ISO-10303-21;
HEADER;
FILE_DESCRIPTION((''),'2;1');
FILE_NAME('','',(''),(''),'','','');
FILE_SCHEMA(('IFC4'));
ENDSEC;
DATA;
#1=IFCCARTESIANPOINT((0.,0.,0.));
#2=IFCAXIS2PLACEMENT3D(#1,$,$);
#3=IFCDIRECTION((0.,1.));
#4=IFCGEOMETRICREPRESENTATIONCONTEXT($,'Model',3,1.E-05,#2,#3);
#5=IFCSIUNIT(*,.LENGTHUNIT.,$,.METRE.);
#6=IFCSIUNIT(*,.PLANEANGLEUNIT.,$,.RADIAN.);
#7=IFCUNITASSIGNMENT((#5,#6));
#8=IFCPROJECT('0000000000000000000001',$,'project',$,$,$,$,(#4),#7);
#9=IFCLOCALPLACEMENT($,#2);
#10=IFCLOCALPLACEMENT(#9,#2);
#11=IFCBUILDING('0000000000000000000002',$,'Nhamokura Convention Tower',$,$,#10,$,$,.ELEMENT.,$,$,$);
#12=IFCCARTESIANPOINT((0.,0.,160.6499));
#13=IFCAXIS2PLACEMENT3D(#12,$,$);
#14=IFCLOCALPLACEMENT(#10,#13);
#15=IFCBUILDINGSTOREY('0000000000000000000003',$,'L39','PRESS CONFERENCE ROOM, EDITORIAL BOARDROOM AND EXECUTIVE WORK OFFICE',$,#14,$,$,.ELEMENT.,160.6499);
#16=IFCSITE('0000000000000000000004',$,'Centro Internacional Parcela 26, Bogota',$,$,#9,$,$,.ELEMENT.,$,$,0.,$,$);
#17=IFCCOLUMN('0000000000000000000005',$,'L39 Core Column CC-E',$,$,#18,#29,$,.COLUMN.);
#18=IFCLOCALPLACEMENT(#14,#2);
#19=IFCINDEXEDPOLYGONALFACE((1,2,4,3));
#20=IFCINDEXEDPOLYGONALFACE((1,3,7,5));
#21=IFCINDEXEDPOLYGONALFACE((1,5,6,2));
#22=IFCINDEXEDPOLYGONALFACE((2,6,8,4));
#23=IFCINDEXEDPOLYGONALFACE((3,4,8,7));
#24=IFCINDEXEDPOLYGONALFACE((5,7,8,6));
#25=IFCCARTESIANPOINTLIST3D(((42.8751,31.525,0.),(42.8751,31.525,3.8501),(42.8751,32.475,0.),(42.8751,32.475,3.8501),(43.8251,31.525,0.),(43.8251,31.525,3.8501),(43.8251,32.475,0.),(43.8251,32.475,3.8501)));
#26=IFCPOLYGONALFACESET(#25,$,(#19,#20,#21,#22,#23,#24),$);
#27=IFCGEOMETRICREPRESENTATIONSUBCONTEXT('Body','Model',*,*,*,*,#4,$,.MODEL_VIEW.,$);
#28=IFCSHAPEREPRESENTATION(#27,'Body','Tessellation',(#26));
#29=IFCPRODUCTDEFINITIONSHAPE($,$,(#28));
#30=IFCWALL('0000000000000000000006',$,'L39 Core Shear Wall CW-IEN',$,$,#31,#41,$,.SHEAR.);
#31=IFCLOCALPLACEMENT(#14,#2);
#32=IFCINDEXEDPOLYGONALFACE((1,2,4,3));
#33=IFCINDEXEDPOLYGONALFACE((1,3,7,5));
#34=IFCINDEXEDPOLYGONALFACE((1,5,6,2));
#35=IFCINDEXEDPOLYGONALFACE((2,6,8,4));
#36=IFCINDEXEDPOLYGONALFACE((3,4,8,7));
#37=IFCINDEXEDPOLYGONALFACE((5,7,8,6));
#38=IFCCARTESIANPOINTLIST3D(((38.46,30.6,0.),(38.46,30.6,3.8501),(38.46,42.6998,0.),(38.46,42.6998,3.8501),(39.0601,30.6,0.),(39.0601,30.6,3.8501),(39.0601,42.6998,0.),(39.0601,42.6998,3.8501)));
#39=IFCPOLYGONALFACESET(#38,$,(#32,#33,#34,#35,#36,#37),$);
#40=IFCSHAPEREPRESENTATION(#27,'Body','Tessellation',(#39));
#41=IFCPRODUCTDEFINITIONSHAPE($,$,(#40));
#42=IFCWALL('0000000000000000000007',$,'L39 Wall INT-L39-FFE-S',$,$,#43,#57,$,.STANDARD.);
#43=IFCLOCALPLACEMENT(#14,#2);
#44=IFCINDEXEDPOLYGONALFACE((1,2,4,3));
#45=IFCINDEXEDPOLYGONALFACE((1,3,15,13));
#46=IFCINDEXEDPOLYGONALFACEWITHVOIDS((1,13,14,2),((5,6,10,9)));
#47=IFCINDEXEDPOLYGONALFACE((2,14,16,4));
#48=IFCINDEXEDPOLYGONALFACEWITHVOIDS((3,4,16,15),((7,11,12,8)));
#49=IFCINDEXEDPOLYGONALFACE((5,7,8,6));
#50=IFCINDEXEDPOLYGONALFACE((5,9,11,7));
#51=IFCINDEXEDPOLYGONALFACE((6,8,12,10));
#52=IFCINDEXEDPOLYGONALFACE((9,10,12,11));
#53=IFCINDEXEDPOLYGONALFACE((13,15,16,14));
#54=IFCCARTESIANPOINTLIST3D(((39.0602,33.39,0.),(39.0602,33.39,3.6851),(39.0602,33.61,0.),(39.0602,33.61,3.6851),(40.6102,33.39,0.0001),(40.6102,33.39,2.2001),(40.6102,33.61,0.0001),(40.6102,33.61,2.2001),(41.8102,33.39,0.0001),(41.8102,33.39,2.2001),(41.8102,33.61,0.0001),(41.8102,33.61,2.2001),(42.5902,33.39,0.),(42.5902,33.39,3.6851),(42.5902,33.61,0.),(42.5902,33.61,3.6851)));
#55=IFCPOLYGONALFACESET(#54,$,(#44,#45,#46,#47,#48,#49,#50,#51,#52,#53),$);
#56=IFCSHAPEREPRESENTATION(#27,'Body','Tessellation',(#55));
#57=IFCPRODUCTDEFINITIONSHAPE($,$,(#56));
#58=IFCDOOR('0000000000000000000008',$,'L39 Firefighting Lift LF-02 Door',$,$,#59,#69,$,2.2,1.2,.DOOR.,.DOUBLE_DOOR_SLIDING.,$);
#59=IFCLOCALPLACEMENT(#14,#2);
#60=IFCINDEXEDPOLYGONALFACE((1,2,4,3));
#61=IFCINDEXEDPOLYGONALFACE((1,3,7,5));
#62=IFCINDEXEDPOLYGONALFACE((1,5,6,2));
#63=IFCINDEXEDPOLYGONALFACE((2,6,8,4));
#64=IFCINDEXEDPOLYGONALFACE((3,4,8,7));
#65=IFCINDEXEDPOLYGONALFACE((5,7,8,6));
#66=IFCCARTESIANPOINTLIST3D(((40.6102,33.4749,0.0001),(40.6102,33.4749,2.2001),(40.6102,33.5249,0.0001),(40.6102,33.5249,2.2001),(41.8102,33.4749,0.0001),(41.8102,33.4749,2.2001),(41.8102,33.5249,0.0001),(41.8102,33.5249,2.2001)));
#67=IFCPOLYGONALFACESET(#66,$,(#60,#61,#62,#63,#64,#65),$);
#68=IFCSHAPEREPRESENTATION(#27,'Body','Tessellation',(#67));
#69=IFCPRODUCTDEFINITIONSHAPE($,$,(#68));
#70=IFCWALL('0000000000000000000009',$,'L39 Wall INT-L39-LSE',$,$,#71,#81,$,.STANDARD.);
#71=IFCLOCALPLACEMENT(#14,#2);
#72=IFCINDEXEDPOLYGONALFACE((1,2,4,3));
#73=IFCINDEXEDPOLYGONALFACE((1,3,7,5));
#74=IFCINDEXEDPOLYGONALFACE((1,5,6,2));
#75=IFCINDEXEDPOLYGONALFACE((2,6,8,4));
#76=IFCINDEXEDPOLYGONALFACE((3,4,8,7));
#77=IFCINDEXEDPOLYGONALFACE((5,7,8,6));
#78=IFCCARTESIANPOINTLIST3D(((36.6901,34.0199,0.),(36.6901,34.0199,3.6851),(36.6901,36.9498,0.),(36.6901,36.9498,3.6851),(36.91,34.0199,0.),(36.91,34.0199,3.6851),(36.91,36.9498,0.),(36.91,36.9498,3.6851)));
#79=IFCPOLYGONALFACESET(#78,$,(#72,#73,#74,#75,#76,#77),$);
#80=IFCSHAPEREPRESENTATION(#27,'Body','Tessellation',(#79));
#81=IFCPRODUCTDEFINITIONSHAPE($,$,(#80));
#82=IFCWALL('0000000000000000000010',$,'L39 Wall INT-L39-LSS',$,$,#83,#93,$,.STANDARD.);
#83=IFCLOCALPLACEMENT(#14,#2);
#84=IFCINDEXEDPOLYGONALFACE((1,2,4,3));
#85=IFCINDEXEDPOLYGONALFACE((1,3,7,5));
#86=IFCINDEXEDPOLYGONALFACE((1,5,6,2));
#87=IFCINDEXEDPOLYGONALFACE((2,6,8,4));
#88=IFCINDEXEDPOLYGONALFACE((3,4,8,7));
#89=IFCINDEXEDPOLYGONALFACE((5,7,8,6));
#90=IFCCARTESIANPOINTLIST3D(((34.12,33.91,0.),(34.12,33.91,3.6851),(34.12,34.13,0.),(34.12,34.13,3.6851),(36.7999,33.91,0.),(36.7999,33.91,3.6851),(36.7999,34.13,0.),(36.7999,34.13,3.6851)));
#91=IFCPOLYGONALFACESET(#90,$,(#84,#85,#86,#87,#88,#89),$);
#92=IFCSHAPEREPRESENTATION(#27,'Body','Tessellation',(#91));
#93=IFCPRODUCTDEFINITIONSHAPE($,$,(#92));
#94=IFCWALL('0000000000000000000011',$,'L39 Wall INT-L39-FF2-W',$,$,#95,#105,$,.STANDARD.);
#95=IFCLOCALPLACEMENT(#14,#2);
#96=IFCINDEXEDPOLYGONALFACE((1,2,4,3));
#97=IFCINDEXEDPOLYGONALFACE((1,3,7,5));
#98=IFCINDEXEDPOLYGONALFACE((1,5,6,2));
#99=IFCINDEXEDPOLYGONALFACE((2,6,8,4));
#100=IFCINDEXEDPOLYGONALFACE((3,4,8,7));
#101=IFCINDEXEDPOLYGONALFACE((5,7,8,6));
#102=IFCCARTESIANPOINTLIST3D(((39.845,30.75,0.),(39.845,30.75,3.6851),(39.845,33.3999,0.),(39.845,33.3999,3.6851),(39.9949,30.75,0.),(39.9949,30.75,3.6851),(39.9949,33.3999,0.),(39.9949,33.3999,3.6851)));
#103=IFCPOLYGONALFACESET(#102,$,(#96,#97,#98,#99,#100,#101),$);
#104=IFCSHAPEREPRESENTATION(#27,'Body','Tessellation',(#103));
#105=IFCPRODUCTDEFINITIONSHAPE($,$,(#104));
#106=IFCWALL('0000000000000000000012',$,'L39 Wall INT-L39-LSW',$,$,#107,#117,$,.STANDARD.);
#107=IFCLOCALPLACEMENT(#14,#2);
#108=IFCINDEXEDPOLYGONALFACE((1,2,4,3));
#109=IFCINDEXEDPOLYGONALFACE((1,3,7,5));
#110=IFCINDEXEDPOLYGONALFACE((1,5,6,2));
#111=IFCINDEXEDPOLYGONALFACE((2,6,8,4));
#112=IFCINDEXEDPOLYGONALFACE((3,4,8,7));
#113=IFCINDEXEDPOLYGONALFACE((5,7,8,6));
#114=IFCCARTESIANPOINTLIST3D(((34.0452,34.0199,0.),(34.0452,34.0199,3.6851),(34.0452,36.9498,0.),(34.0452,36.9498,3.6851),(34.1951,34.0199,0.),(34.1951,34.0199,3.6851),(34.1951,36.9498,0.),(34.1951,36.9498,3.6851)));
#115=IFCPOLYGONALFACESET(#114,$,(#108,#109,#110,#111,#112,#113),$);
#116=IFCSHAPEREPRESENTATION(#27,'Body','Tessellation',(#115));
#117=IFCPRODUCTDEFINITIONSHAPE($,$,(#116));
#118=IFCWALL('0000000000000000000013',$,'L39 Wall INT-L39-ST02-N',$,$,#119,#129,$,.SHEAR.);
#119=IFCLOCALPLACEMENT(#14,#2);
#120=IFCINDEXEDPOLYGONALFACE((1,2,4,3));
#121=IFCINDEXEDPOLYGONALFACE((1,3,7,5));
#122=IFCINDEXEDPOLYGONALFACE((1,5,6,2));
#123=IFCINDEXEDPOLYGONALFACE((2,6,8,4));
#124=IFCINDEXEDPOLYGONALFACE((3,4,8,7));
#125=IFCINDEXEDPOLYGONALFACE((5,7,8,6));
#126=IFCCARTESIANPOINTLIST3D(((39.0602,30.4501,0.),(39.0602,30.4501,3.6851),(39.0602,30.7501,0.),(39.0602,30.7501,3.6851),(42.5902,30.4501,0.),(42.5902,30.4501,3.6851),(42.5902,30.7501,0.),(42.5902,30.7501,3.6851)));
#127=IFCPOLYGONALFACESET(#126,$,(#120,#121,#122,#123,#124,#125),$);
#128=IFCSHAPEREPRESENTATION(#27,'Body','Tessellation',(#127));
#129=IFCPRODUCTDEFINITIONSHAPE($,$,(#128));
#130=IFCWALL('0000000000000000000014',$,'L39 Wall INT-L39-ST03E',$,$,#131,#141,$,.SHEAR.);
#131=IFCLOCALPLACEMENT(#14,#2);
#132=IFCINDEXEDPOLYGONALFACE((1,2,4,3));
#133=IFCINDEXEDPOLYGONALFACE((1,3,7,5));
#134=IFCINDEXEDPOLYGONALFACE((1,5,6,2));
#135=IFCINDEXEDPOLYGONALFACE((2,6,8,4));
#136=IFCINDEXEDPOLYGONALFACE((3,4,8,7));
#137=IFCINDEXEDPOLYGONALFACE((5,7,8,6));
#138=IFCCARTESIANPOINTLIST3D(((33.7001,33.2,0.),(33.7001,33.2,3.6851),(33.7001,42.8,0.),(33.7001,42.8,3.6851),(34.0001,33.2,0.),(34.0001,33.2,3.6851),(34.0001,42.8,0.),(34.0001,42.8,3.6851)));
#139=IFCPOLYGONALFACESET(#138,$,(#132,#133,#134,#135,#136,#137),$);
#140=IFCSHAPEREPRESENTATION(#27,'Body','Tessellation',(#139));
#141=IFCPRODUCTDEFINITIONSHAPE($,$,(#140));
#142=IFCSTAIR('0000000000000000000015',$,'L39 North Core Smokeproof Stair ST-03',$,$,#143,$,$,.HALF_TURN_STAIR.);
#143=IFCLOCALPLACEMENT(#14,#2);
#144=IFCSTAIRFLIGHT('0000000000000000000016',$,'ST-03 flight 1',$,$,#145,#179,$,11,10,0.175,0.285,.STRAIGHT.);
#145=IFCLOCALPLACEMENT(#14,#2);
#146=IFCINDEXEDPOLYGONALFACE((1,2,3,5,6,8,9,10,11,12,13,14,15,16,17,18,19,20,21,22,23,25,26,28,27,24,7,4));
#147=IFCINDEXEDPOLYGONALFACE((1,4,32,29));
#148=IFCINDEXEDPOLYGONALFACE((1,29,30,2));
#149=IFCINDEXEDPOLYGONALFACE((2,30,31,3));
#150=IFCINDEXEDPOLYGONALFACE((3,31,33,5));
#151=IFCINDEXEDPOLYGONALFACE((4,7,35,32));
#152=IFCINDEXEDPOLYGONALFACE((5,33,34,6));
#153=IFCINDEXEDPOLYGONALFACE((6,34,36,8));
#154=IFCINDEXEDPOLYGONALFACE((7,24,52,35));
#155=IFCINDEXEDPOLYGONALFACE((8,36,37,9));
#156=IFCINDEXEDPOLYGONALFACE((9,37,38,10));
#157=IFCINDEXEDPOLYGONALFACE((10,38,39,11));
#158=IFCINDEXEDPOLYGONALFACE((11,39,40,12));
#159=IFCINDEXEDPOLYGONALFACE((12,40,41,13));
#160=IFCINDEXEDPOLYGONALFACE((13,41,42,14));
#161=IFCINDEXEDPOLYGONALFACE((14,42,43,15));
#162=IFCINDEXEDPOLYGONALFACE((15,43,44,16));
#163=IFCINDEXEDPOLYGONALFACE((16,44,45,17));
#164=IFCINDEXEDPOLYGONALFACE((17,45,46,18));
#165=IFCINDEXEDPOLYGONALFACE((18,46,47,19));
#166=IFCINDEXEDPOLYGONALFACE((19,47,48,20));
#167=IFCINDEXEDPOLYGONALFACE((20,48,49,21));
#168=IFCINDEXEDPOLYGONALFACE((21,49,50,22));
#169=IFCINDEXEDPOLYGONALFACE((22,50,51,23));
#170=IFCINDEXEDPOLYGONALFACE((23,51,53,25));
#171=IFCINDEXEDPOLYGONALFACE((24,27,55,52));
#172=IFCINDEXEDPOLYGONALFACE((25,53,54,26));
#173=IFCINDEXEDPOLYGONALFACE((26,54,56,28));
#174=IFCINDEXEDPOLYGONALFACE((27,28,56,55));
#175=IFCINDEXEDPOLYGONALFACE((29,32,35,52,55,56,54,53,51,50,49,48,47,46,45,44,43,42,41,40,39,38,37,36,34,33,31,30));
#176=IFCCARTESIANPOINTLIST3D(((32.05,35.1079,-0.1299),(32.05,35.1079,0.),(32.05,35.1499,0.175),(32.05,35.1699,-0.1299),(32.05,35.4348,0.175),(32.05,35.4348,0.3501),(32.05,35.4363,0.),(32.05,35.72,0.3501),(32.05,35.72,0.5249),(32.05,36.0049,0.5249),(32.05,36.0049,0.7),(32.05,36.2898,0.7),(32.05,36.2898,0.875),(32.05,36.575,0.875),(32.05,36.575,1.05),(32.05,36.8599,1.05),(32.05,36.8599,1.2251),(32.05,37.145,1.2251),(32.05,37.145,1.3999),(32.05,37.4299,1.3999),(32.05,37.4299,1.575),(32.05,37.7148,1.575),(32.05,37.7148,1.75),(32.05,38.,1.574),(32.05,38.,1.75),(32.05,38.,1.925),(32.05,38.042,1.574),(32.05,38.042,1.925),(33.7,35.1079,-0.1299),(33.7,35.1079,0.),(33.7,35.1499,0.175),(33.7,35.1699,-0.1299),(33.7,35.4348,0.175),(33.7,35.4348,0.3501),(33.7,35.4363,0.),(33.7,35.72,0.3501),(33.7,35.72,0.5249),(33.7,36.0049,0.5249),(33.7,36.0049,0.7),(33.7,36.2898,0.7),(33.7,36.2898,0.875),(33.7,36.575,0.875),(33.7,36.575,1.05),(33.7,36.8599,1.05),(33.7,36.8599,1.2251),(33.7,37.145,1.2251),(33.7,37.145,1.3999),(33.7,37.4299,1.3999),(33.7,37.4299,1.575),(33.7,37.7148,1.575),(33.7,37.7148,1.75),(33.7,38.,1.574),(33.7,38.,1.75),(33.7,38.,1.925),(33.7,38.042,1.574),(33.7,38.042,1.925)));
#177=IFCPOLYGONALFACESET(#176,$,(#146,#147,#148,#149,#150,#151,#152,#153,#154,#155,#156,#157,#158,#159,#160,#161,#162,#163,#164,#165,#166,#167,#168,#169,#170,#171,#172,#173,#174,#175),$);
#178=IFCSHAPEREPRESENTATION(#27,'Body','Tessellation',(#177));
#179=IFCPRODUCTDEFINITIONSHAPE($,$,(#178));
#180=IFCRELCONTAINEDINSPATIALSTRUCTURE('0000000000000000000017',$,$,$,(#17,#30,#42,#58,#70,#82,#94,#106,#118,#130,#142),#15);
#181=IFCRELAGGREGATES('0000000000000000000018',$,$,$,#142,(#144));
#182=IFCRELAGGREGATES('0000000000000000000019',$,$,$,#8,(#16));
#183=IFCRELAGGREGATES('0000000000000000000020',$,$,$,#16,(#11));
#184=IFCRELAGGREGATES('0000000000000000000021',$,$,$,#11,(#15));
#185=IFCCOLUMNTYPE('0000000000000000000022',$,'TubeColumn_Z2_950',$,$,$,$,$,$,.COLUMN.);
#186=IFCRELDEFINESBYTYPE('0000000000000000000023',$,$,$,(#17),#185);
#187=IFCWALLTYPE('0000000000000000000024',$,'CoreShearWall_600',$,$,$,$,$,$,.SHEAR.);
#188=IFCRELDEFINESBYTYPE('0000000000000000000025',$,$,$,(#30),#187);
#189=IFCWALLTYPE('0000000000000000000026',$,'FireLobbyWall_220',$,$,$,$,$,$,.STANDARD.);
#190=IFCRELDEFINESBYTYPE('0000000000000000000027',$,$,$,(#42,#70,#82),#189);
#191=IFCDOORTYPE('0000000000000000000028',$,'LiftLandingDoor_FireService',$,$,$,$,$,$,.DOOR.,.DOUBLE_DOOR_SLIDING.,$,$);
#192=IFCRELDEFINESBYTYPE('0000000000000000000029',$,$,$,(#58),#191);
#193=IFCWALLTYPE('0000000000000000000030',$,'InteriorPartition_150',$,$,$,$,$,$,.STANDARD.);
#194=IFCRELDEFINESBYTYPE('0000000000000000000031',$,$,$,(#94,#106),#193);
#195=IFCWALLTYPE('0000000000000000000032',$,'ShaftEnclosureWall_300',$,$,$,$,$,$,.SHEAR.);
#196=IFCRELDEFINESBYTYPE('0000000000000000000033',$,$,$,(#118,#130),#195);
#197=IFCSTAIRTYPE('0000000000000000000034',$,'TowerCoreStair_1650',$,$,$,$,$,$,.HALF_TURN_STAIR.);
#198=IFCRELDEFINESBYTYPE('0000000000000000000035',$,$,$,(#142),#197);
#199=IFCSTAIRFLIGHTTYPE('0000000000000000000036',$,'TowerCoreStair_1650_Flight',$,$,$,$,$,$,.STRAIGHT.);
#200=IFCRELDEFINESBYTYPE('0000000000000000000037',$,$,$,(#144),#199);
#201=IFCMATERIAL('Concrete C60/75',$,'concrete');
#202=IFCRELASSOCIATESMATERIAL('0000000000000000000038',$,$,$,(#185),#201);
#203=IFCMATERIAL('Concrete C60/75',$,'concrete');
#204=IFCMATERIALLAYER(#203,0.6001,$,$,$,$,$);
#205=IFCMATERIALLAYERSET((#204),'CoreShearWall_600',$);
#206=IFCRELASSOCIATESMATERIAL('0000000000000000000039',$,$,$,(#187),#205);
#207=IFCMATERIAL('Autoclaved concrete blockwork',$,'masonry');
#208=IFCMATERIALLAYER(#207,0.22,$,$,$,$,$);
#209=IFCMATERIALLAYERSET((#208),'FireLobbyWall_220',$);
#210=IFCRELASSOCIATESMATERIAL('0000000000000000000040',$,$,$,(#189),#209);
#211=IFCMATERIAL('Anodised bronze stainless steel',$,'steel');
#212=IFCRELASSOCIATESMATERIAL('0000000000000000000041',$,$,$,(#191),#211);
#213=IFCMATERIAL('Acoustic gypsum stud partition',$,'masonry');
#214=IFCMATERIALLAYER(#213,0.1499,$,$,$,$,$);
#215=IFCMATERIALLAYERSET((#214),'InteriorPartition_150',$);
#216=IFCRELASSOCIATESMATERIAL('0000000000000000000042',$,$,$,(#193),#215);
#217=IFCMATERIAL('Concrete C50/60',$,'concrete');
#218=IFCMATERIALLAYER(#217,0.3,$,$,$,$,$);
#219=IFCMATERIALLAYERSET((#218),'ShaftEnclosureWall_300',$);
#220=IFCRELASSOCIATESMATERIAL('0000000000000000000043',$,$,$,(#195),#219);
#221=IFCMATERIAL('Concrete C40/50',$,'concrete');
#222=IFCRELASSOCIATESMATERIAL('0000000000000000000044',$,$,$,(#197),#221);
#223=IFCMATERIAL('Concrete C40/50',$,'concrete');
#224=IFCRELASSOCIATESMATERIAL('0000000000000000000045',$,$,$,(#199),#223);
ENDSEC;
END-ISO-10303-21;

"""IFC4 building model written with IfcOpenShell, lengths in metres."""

from ifc_helpers import new_model, si_unit, direction, frame, frame_2d, origin, origin_2d, place, context, subcontext, project, spatial, polyline, rectangle, outline, extrude, material, layer, layer_set, material_profile, profile_set, type_object, element, fill, aggregate, save


model = new_model("IFC4")

# Units and contexts
model_context = context("Model", 3, precision=1e-05, world=origin(), true_north=direction((0.0, 1.0)))
body_context = subcontext(model_context, "Body", "Model", "MODEL_VIEW")
ifc_project = project(units=[si_unit("LENGTHUNIT", "METRE"), si_unit("PLANEANGLEUNIT", "RADIAN")], contexts=[model_context])

# Site, building, storey
site_placement = place(None, origin())
site = spatial("IfcSite", under=ifc_project, at=site_placement, Name="Centro Internacional Parcela 26, Bogota", CompositionType="ELEMENT", RefElevation=0.0)
building_placement = place(site_placement, origin())
building = spatial("IfcBuilding", under=site, at=building_placement, Name="Nhamokura Convention Tower", CompositionType="ELEMENT")
storey_placement = place(building_placement, frame((0.0, 0.0, 160.6499)))
storey = spatial("IfcBuildingStorey", under=building, at=storey_placement, Name="L39", Description="PRESS CONFERENCE ROOM, EDITORIAL BOARDROOM AND EXECUTIVE WORK OFFICE", CompositionType="ELEMENT", Elevation=160.6499)

# Column
ifc_material_1 = material(Name="Concrete C60/75", Category="concrete")
ifc_material_profile = material_profile(ifc_material_1, rectangle(XDim=0.95, YDim=0.95, at=origin_2d()))
ifc_profile_set = profile_set([ifc_material_profile], Name="Concrete C60/75")
column_type = type_object("IfcColumnType", Name="TubeColumn_Z2_950", PredefinedType="COLUMN", material=ifc_profile_set)
column_placement = place(storey_placement, frame((43.3501, 32.0, 0.0), z_axis=(0.0, 0.0, 1.0), x_axis=(1.0, 0.0, 0.0)))
element("IfcColumn", 1, at=column_placement, inside=storey, type_object=column_type, Name="L39 Core Column CC-E", PredefinedType="COLUMN", context=body_context, shape_type="SweptSolid", body=[
    extrude(rectangle(XDim=0.95, YDim=0.95, at=origin_2d()), origin(), (0.0, 0.0, 1.0), 3.8501),
])

# Shared definitions
ifc_material_2 = material(Name="Concrete C60/75", Category="concrete")
ifc_layer_1 = layer(ifc_material_2, 0.6001)
ifc_layer_set_1 = layer_set([ifc_layer_1], Name="CoreShearWall_600")
wall_type_1 = type_object("IfcWallType", Name="CoreShearWall_600", PredefinedType="SHEAR", material=ifc_layer_set_1)

# Wall
wall_1_placement = place(storey_placement, frame((38.76, 30.6001, 0.0), z_axis=(0.0, 0.0, 1.0), x_axis=(0.0, 1.0, 0.0)))
element("IfcWall", 2, at=wall_1_placement, inside=storey, type_object=wall_type_1, Name="L39 Core Shear Wall CW-IEN", PredefinedType="SHEAR", context=body_context, shape_type="SweptSolid", body=[
    extrude(rectangle(XDim=12.0999, YDim=0.6001, at=frame_2d((6.0498, 0.0))), origin(), (0.0, 0.0, 1.0), 3.8501),
])

# Wall, opening, door
ifc_material_3 = material(Name="Autoclaved concrete blockwork", Category="masonry")
ifc_layer_2 = layer(ifc_material_3, 0.22)
ifc_layer_set_2 = layer_set([ifc_layer_2], Name="FireLobbyWall_220")
wall_type_2 = type_object("IfcWallType", Name="FireLobbyWall_220", PredefinedType="STANDARD", material=ifc_layer_set_2)
wall_2_placement = place(storey_placement, frame((39.0601, 33.5, 0.0), z_axis=(0.0, 0.0, 1.0), x_axis=(1.0, 0.0, 0.0)))
wall_2 = element("IfcWall", 3, at=wall_2_placement, inside=storey, type_object=wall_type_2, Name="L39 Wall INT-L39-FFE-S", PredefinedType="STANDARD", context=body_context, shape_type="SweptSolid", body=[
    extrude(rectangle(XDim=3.53, YDim=0.22, at=frame_2d((1.7651, 0.0))), origin(), (0.0, 0.0, 1.0), 3.6851),
])
opening_1_placement = place(wall_2_placement, frame((1.55, 0.0, 0.0)))
opening_1 = element("IfcOpeningElement", 4, at=opening_1_placement, cuts=wall_2, PredefinedType="OPENING", context=body_context, shape_type="SweptSolid", body=[
    extrude(rectangle(XDim=1.2, YDim=2.2, at=frame_2d((0.6001, 1.1001))), frame((0.0, 0.1199, 0.0), z_axis=(0.0, -1.0, 0.0), x_axis=(1.0, 0.0, 0.0)), (0.0, 0.0, 1.0), 0.24),
])
ifc_material_4 = material(Name="Anodised bronze stainless steel", Category="steel")
door_type_1 = type_object("IfcDoorType", Name="LiftLandingDoor_FireService", OperationType="DOUBLE_DOOR_SLIDING", PredefinedType="DOOR", material=ifc_material_4)
door_1_placement = place(opening_1_placement, origin())
door_1 = element("IfcDoor", 5, at=door_1_placement, inside=storey, type_object=door_type_1, Name="L39 Firefighting Lift LF-02 Door", OperationType="DOUBLE_DOOR_SLIDING", OverallHeight=2.2, OverallWidth=1.2, PredefinedType="DOOR", context=body_context, shape_type="SweptSolid", body=[
    extrude(rectangle(XDim=1.2, YDim=2.2, at=frame_2d((0.6001, 1.1001))), frame((0.0, 0.0249, 0.0), z_axis=(0.0, -1.0, 0.0), x_axis=(1.0, 0.0, 0.0)), (0.0, 0.0, 1.0), 0.05),
])
fill(opening_1, door_1)

# Walls
wall_3_placement = place(storey_placement, frame((36.8, 34.02, 0.0), z_axis=(0.0, 0.0, 1.0), x_axis=(0.0, 1.0, 0.0)))
element("IfcWall", 6, at=wall_3_placement, inside=storey, type_object=wall_type_2, Name="L39 Wall INT-L39-LSE", PredefinedType="STANDARD", context=body_context, shape_type="SweptSolid", body=[
    extrude(rectangle(XDim=2.9299, YDim=0.22, at=frame_2d((1.4648, 0.0))), origin(), (0.0, 0.0, 1.0), 3.6851),
])
wall_4_placement = place(storey_placement, frame((34.1201, 34.02, 0.0), z_axis=(0.0, 0.0, 1.0), x_axis=(1.0, 0.0, 0.0)))
element("IfcWall", 7, at=wall_4_placement, inside=storey, type_object=wall_type_2, Name="L39 Wall INT-L39-LSS", PredefinedType="STANDARD", context=body_context, shape_type="SweptSolid", body=[
    extrude(rectangle(XDim=2.6799, YDim=0.22, at=frame_2d((1.3398, 0.0))), origin(), (0.0, 0.0, 1.0), 3.6851),
])
ifc_material_5 = material(Name="Acoustic gypsum stud partition", Category="masonry")
ifc_layer_3 = layer(ifc_material_5, 0.1499)
ifc_layer_set_3 = layer_set([ifc_layer_3], Name="InteriorPartition_150")
wall_type_3 = type_object("IfcWallType", Name="InteriorPartition_150", PredefinedType="STANDARD", material=ifc_layer_set_3)
wall_5_placement = place(storey_placement, frame((39.9199, 30.75, 0.0), z_axis=(0.0, 0.0, 1.0), x_axis=(0.0, 1.0, 0.0)))
element("IfcWall", 8, at=wall_5_placement, inside=storey, type_object=wall_type_3, Name="L39 Wall INT-L39-FF2-W", PredefinedType="STANDARD", context=body_context, shape_type="SweptSolid", body=[
    extrude(rectangle(XDim=2.6499, YDim=0.1499, at=frame_2d((1.325, 0.0))), origin(), (0.0, 0.0, 1.0), 3.6851),
])
wall_6_placement = place(storey_placement, frame((34.1201, 34.02, 0.0), z_axis=(0.0, 0.0, 1.0), x_axis=(0.0, 1.0, 0.0)))
element("IfcWall", 9, at=wall_6_placement, inside=storey, type_object=wall_type_3, Name="L39 Wall INT-L39-LSW", PredefinedType="STANDARD", context=body_context, shape_type="SweptSolid", body=[
    extrude(rectangle(XDim=2.9299, YDim=0.1499, at=frame_2d((1.4648, 0.0))), origin(), (0.0, 0.0, 1.0), 3.6851),
])
ifc_material_6 = material(Name="Concrete C50/60", Category="concrete")
ifc_layer_4 = layer(ifc_material_6, 0.3)
ifc_layer_set_4 = layer_set([ifc_layer_4], Name="ShaftEnclosureWall_300")
wall_type_4 = type_object("IfcWallType", Name="ShaftEnclosureWall_300", PredefinedType="SHEAR", material=ifc_layer_set_4)
wall_7_placement = place(storey_placement, frame((39.0601, 30.6001, 0.0), z_axis=(0.0, 0.0, 1.0), x_axis=(1.0, 0.0, 0.0)))
element("IfcWall", 10, at=wall_7_placement, inside=storey, type_object=wall_type_4, Name="L39 Wall INT-L39-ST02-N", PredefinedType="SHEAR", context=body_context, shape_type="SweptSolid", body=[
    extrude(rectangle(XDim=3.53, YDim=0.3, at=frame_2d((1.7651, 0.0))), origin(), (0.0, 0.0, 1.0), 3.6851),
])
wall_8_placement = place(storey_placement, frame((33.8501, 33.2, 0.0), z_axis=(0.0, 0.0, 1.0), x_axis=(0.0, 1.0, 0.0)))
element("IfcWall", 11, at=wall_8_placement, inside=storey, type_object=wall_type_4, Name="L39 Wall INT-L39-ST03E", PredefinedType="SHEAR", context=body_context, shape_type="SweptSolid", body=[
    extrude(rectangle(XDim=9.6001, YDim=0.3, at=frame_2d((4.8, 0.0))), origin(), (0.0, 0.0, 1.0), 3.6851),
])

# Stair, stair flight
ifc_material_7 = material(Name="Concrete C40/50", Category="concrete")
stair_type = type_object("IfcStairType", Name="TowerCoreStair_1650", PredefinedType="HALF_TURN_STAIR", material=ifc_material_7)
stair_placement = place(storey_placement, origin())
stair = element("IfcStair", 12, at=stair_placement, inside=storey, type_object=stair_type, Name="L39 North Core Smokeproof Stair ST-03", PredefinedType="HALF_TURN_STAIR")
ifc_material_8 = material(Name="Concrete C40/50", Category="concrete")
stair_flight_type = type_object("IfcStairFlightType", Name="TowerCoreStair_1650_Flight", PredefinedType="STRAIGHT", material=ifc_material_8)
stair_flight_placement = place(storey_placement, frame((32.875, 35.1499, 0.0), z_axis=(0.0, 0.0, 1.0), x_axis=(0.0, 1.0, 0.0)))
stair_flight = element("IfcStairFlight", 13, at=stair_flight_placement, type_object=stair_flight_type, Name="ST-03 flight 1", NumberOfRisers=11, NumberOfTreads=10, PredefinedType="STRAIGHT", RiserHeight=0.175, TreadLength=0.285, context=body_context, shape_type="SweptSolid", body=[
    extrude(outline(polyline([(-0.042, 0.0), (0.0, 0.175), (0.2849, 0.175), (0.2849, 0.3501), (0.5701, 0.3501), (0.5701, 0.5249), (0.855, 0.5249), (0.855, 0.7), (1.1399, 0.7), (1.1399, 0.875), (1.425, 0.875), (1.425, 1.05), (1.71, 1.05), (1.71, 1.2251), (1.9951, 1.2251), (1.9951, 1.3999), (2.28, 1.3999), (2.28, 1.575), (2.5649, 1.575), (2.5649, 1.75), (2.8501, 1.75), (2.8501, 1.925), (2.8921, 1.925), (2.8921, 1.574), (2.8501, 1.574), (0.2864, 0.0), (0.02, -0.1299), (-0.042, -0.1299), (-0.042, 0.0)])), frame((0.0, 0.825, 0.0), z_axis=(0.0, -1.0, 0.0), x_axis=(1.0, 0.0, 0.0)), (0.0, 0.0, 1.0), 1.6499),
])
aggregate(stair, [stair_flight])

save(model, "model.ifc")
